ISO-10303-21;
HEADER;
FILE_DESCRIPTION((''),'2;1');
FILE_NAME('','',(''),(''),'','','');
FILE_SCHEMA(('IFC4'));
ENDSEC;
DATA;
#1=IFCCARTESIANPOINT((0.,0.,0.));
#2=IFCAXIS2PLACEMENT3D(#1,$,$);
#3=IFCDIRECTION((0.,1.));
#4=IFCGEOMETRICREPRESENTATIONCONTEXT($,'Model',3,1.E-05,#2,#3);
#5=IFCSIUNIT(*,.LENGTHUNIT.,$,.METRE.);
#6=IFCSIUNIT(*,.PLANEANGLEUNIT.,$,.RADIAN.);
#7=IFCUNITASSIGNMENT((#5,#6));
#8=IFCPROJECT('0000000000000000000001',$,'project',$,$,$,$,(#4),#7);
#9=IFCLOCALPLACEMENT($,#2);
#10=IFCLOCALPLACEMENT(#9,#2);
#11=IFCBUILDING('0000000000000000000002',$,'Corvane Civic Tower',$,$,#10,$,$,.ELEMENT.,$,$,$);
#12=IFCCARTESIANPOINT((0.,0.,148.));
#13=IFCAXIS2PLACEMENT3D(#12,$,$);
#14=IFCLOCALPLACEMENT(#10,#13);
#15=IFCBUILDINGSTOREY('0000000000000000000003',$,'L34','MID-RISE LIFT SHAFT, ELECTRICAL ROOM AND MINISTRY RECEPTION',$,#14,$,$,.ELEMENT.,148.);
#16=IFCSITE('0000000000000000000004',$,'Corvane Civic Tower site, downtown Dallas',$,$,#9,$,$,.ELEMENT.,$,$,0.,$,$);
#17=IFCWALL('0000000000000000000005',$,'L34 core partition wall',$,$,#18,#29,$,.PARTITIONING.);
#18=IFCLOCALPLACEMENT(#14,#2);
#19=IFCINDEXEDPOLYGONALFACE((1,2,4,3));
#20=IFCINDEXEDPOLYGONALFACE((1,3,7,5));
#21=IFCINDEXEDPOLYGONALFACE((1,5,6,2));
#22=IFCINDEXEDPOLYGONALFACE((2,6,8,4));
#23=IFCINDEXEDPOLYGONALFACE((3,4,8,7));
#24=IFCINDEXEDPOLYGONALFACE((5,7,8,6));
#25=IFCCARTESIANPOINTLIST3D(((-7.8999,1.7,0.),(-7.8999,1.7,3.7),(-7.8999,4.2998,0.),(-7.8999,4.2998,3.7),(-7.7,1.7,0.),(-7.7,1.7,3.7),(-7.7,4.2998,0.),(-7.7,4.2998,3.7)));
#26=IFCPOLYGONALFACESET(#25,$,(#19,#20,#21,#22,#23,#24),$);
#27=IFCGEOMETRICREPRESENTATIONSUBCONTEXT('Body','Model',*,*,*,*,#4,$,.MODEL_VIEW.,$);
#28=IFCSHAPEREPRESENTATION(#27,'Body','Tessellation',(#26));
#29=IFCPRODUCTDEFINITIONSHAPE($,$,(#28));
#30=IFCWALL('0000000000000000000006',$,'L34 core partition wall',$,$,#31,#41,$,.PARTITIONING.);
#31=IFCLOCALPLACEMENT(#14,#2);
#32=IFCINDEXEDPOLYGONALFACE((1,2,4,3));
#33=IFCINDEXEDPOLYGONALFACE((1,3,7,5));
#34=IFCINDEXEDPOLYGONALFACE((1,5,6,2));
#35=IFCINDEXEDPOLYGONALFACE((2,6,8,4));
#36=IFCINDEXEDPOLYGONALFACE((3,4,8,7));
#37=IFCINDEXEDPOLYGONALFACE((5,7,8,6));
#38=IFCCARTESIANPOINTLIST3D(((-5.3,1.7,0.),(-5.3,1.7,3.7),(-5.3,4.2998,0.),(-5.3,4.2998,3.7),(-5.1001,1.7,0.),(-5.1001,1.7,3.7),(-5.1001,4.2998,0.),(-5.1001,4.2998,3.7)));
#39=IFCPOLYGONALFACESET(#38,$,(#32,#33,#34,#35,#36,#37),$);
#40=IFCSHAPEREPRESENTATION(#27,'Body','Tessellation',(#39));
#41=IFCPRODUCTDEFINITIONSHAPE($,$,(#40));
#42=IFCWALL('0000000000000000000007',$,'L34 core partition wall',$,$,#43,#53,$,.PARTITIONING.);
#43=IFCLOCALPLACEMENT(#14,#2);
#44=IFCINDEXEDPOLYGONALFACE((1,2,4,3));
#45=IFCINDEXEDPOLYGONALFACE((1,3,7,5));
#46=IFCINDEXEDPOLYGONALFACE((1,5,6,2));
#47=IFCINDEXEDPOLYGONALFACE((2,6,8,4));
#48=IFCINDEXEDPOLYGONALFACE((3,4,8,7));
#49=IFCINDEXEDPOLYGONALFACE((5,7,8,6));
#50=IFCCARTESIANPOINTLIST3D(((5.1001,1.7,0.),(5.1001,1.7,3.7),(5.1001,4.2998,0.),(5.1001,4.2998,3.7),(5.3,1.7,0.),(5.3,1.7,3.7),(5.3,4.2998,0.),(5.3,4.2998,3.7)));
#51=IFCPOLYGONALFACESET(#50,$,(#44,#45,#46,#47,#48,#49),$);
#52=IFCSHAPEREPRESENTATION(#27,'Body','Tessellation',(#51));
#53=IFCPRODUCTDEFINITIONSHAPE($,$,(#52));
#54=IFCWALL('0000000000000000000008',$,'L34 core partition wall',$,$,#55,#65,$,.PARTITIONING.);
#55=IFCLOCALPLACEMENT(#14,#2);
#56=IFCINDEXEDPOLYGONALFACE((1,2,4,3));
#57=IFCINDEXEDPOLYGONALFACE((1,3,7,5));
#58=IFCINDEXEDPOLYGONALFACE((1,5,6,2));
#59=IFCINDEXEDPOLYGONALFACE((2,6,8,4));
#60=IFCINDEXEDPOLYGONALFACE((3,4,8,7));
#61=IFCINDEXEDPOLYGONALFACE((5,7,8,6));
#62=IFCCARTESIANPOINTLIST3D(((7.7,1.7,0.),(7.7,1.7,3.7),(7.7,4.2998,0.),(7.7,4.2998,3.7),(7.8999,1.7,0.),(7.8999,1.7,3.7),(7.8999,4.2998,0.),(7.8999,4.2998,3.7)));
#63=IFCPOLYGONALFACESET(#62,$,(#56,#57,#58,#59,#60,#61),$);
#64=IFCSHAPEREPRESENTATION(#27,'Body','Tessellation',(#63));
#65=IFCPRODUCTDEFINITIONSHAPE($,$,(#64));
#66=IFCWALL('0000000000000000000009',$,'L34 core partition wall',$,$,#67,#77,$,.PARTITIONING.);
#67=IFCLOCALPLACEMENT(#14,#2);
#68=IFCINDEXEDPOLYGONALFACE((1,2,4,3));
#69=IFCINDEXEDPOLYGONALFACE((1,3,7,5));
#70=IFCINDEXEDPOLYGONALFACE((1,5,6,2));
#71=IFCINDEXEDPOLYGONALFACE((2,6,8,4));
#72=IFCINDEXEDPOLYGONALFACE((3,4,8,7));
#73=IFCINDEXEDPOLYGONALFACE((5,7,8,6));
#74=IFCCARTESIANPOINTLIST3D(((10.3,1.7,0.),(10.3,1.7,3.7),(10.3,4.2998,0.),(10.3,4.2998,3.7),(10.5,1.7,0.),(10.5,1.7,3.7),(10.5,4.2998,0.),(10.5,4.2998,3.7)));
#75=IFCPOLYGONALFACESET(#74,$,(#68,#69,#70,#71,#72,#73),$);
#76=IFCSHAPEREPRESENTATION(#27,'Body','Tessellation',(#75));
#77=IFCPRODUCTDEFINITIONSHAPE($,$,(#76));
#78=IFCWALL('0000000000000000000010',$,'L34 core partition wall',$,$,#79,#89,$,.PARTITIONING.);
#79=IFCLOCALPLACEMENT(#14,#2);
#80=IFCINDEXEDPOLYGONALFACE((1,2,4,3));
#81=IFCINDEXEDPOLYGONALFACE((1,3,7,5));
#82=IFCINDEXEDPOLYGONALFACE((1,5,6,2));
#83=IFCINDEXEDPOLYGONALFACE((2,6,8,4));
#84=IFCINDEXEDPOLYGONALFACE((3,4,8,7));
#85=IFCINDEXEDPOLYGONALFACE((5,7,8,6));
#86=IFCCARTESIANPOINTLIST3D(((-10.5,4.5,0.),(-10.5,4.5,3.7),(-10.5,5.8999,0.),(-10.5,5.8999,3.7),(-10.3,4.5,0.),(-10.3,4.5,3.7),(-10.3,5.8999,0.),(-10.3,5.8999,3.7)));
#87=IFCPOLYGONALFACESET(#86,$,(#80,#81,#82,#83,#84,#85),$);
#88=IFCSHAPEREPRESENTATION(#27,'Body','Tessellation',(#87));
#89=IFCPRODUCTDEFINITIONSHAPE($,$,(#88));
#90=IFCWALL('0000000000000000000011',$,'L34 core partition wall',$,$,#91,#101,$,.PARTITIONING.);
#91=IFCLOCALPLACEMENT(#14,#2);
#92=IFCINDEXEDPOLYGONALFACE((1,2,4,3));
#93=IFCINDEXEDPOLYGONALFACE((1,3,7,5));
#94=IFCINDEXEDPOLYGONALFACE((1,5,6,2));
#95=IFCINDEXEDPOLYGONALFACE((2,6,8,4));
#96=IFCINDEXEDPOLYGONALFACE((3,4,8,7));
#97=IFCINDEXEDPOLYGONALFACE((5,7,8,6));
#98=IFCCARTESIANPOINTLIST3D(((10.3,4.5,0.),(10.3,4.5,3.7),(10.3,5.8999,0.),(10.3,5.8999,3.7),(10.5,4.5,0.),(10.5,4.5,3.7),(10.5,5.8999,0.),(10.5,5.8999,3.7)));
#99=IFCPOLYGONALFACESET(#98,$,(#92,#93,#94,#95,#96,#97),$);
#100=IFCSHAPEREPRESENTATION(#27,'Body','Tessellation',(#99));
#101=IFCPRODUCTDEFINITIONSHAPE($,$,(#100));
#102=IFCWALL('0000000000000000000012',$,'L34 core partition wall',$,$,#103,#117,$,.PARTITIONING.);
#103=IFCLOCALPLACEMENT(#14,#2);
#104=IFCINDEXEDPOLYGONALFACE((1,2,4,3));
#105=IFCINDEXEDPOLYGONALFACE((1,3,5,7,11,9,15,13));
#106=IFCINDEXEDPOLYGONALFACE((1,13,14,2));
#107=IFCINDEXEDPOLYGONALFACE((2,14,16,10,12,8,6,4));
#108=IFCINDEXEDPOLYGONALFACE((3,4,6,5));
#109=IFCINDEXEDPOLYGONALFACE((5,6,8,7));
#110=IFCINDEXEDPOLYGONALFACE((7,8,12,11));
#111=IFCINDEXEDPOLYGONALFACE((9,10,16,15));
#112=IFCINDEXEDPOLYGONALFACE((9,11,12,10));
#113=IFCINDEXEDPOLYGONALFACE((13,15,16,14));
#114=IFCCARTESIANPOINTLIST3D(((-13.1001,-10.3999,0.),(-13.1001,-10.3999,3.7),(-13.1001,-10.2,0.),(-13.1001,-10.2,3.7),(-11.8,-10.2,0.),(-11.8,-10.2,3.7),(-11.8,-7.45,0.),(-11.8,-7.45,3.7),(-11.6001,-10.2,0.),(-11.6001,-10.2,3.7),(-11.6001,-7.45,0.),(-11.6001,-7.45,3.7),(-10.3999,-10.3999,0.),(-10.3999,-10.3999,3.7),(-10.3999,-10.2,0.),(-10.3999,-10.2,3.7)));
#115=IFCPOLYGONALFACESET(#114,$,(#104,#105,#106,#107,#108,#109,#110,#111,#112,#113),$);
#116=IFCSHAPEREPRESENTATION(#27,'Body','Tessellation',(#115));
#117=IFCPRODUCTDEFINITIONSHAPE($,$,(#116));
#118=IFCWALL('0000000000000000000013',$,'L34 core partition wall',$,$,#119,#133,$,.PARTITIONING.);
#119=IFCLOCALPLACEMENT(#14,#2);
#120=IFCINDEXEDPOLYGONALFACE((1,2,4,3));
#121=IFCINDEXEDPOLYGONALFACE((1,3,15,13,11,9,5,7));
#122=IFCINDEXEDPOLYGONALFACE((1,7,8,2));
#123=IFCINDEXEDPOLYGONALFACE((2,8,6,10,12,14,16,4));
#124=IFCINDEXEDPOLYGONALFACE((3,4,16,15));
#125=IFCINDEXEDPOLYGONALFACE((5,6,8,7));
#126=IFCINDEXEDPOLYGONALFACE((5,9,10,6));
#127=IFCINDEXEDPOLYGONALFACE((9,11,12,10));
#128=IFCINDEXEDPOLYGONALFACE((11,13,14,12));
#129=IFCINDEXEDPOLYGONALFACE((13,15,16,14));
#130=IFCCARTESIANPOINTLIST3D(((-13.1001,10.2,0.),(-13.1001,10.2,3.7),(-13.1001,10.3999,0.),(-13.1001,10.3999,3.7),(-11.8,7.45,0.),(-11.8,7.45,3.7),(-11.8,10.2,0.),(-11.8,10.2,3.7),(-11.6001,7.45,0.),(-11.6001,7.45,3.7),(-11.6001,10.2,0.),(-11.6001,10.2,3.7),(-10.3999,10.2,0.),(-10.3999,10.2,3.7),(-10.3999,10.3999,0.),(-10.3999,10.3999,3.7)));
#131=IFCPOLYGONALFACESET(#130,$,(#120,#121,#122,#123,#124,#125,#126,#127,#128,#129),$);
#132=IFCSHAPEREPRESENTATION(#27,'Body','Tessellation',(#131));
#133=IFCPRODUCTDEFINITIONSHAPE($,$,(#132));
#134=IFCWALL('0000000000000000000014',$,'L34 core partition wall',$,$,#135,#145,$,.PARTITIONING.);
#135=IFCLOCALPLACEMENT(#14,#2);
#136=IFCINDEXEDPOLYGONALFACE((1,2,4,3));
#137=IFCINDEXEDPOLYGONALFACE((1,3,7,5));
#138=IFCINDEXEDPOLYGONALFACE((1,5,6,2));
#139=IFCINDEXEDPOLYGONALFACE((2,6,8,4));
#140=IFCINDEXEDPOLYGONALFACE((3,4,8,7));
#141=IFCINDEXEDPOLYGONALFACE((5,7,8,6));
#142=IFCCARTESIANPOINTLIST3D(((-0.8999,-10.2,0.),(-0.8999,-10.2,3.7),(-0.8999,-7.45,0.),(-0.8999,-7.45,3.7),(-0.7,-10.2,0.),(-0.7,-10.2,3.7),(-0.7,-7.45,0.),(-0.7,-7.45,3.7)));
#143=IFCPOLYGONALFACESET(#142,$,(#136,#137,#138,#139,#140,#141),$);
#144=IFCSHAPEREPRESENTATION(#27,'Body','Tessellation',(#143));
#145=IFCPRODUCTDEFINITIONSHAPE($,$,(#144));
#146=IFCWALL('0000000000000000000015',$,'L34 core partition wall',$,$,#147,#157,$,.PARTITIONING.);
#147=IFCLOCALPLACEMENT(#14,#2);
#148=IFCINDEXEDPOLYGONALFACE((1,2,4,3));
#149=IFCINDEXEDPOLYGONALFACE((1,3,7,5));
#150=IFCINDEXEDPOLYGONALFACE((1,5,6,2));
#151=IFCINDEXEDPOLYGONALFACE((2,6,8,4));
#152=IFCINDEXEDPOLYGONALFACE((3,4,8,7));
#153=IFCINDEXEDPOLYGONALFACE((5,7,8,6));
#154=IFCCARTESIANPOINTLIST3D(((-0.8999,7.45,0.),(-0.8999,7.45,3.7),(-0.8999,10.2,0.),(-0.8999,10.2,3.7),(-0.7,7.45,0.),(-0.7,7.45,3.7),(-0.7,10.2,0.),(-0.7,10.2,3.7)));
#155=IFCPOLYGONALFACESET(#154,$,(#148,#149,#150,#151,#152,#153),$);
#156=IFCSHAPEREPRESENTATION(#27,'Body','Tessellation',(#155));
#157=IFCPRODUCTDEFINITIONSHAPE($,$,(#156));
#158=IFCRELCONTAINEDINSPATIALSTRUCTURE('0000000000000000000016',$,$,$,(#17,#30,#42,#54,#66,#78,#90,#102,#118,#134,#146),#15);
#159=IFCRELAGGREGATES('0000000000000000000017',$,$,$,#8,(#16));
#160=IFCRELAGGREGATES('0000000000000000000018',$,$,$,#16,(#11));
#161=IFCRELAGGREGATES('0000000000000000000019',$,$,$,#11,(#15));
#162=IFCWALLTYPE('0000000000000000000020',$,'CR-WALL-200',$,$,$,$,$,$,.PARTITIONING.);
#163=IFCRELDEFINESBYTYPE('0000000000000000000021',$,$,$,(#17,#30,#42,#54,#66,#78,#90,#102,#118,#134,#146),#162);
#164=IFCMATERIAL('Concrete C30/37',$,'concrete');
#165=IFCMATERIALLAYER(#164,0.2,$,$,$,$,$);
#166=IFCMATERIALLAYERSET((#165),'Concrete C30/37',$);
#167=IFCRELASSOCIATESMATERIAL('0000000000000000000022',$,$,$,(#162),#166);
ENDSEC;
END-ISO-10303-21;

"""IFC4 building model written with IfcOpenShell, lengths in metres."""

from ifc_helpers import new_model, si_unit, direction, frame, origin, place, context, subcontext, project, spatial, polyline, outline, extrude, material, layer, layer_set, type_object, element, save


model = new_model("IFC4")

# Units and contexts
model_context = context("Model", 3, precision=1e-05, world=origin(), true_north=direction((0.0, 1.0)))
body_context = subcontext(model_context, "Body", "Model", "MODEL_VIEW")
ifc_project = project(units=[si_unit("LENGTHUNIT", "METRE"), si_unit("PLANEANGLEUNIT", "RADIAN")], contexts=[model_context])

# Site, building, storey
site_placement = place(None, origin())
site = spatial("IfcSite", under=ifc_project, at=site_placement, Name="Corvane Civic Tower site, downtown Dallas", CompositionType="ELEMENT", RefElevation=0.0)
building_placement = place(site_placement, origin())
building = spatial("IfcBuilding", under=site, at=building_placement, Name="Corvane Civic Tower", CompositionType="ELEMENT")
storey_placement = place(building_placement, frame((0.0, 0.0, 148.0)))
storey = spatial("IfcBuildingStorey", under=building, at=storey_placement, Name="L34", Description="MID-RISE LIFT SHAFT, ELECTRICAL ROOM AND MINISTRY RECEPTION", CompositionType="ELEMENT", Elevation=148.0)

# Shared definitions
ifc_material_1 = material(Name="Concrete C30/37", Category="concrete")
ifc_layer = layer(ifc_material_1, 0.2)
ifc_layer_set = layer_set([ifc_layer], Name="Concrete C30/37")
wall_type = type_object("IfcWallType", Name="CR-WALL-200", PredefinedType="PARTITIONING", material=ifc_layer_set)

# Walls
wall_1_placement = place(storey_placement, origin())
element("IfcWall", 1, at=wall_1_placement, inside=storey, type_object=wall_type, Name="L34 core partition wall", PredefinedType="PARTITIONING", context=body_context, shape_type="SweptSolid", body=[
    extrude(outline(polyline([(-7.7, 1.7), (-7.8999, 1.7), (-7.8999, 4.2998), (-7.7, 4.2998), (-7.7, 1.7)])), origin(), (0.0, 0.0, 1.0), 3.7),
])
wall_2_placement = place(storey_placement, origin())
element("IfcWall", 2, at=wall_2_placement, inside=storey, type_object=wall_type, Name="L34 core partition wall", PredefinedType="PARTITIONING", context=body_context, shape_type="SweptSolid", body=[
    extrude(outline(polyline([(-5.1001, 1.7), (-5.3, 1.7), (-5.3, 4.2998), (-5.1001, 4.2998), (-5.1001, 1.7)])), origin(), (0.0, 0.0, 1.0), 3.7),
])
wall_3_placement = place(storey_placement, origin())
element("IfcWall", 3, at=wall_3_placement, inside=storey, type_object=wall_type, Name="L34 core partition wall", PredefinedType="PARTITIONING", context=body_context, shape_type="SweptSolid", body=[
    extrude(outline(polyline([(5.3, 1.7), (5.1001, 1.7), (5.1001, 4.2998), (5.3, 4.2998), (5.3, 1.7)])), origin(), (0.0, 0.0, 1.0), 3.7),
])
wall_4_placement = place(storey_placement, origin())
element("IfcWall", 4, at=wall_4_placement, inside=storey, type_object=wall_type, Name="L34 core partition wall", PredefinedType="PARTITIONING", context=body_context, shape_type="SweptSolid", body=[
    extrude(outline(polyline([(7.8999, 1.7), (7.7, 1.7), (7.7, 4.2998), (7.8999, 4.2998), (7.8999, 1.7)])), origin(), (0.0, 0.0, 1.0), 3.7),
])
wall_5_placement = place(storey_placement, origin())
element("IfcWall", 5, at=wall_5_placement, inside=storey, type_object=wall_type, Name="L34 core partition wall", PredefinedType="PARTITIONING", context=body_context, shape_type="SweptSolid", body=[
    extrude(outline(polyline([(10.5, 1.7), (10.3, 1.7), (10.3, 4.2998), (10.5, 4.2998), (10.5, 1.7)])), origin(), (0.0, 0.0, 1.0), 3.7),
])
wall_6_placement = place(storey_placement, origin())
element("IfcWall", 6, at=wall_6_placement, inside=storey, type_object=wall_type, Name="L34 core partition wall", PredefinedType="PARTITIONING", context=body_context, shape_type="SweptSolid", body=[
    extrude(outline(polyline([(-10.3, 4.5), (-10.5, 4.5), (-10.5, 5.8999), (-10.3, 5.8999), (-10.3, 4.5)])), origin(), (0.0, 0.0, 1.0), 3.7),
])
wall_7_placement = place(storey_placement, origin())
element("IfcWall", 7, at=wall_7_placement, inside=storey, type_object=wall_type, Name="L34 core partition wall", PredefinedType="PARTITIONING", context=body_context, shape_type="SweptSolid", body=[
    extrude(outline(polyline([(10.5, 4.5), (10.3, 4.5), (10.3, 5.8999), (10.5, 5.8999), (10.5, 4.5)])), origin(), (0.0, 0.0, 1.0), 3.7),
])
wall_8_placement = place(storey_placement, origin())
element("IfcWall", 8, at=wall_8_placement, inside=storey, type_object=wall_type, Name="L34 core partition wall", PredefinedType="PARTITIONING", context=body_context, shape_type="SweptSolid", body=[
    extrude(outline(polyline([(-11.8, -7.45), (-11.6001, -7.45), (-11.6001, -10.2), (-10.3999, -10.2), (-10.3999, -10.3999), (-13.1001, -10.3999), (-13.1001, -10.2), (-11.8, -10.2), (-11.8, -7.45)])), origin(), (0.0, 0.0, 1.0), 3.7),
])
wall_9_placement = place(storey_placement, origin())
element("IfcWall", 9, at=wall_9_placement, inside=storey, type_object=wall_type, Name="L34 core partition wall", PredefinedType="PARTITIONING", context=body_context, shape_type="SweptSolid", body=[
    extrude(outline(polyline([(-13.1001, 10.3999), (-10.3999, 10.3999), (-10.3999, 10.2), (-11.6001, 10.2), (-11.6001, 7.45), (-11.8, 7.45), (-11.8, 10.2), (-13.1001, 10.2), (-13.1001, 10.3999)])), origin(), (0.0, 0.0, 1.0), 3.7),
])
wall_10_placement = place(storey_placement, origin())
element("IfcWall", 10, at=wall_10_placement, inside=storey, type_object=wall_type, Name="L34 core partition wall", PredefinedType="PARTITIONING", context=body_context, shape_type="SweptSolid", body=[
    extrude(outline(polyline([(-0.7, -10.2), (-0.8999, -10.2), (-0.8999, -7.45), (-0.7, -7.45), (-0.7, -10.2)])), origin(), (0.0, 0.0, 1.0), 3.7),
])
wall_11_placement = place(storey_placement, origin())
element("IfcWall", 11, at=wall_11_placement, inside=storey, type_object=wall_type, Name="L34 core partition wall", PredefinedType="PARTITIONING", context=body_context, shape_type="SweptSolid", body=[
    extrude(outline(polyline([(-0.7, 7.45), (-0.8999, 7.45), (-0.8999, 10.2), (-0.7, 10.2), (-0.7, 7.45)])), origin(), (0.0, 0.0, 1.0), 3.7),
])

save(model, "model.ifc")
